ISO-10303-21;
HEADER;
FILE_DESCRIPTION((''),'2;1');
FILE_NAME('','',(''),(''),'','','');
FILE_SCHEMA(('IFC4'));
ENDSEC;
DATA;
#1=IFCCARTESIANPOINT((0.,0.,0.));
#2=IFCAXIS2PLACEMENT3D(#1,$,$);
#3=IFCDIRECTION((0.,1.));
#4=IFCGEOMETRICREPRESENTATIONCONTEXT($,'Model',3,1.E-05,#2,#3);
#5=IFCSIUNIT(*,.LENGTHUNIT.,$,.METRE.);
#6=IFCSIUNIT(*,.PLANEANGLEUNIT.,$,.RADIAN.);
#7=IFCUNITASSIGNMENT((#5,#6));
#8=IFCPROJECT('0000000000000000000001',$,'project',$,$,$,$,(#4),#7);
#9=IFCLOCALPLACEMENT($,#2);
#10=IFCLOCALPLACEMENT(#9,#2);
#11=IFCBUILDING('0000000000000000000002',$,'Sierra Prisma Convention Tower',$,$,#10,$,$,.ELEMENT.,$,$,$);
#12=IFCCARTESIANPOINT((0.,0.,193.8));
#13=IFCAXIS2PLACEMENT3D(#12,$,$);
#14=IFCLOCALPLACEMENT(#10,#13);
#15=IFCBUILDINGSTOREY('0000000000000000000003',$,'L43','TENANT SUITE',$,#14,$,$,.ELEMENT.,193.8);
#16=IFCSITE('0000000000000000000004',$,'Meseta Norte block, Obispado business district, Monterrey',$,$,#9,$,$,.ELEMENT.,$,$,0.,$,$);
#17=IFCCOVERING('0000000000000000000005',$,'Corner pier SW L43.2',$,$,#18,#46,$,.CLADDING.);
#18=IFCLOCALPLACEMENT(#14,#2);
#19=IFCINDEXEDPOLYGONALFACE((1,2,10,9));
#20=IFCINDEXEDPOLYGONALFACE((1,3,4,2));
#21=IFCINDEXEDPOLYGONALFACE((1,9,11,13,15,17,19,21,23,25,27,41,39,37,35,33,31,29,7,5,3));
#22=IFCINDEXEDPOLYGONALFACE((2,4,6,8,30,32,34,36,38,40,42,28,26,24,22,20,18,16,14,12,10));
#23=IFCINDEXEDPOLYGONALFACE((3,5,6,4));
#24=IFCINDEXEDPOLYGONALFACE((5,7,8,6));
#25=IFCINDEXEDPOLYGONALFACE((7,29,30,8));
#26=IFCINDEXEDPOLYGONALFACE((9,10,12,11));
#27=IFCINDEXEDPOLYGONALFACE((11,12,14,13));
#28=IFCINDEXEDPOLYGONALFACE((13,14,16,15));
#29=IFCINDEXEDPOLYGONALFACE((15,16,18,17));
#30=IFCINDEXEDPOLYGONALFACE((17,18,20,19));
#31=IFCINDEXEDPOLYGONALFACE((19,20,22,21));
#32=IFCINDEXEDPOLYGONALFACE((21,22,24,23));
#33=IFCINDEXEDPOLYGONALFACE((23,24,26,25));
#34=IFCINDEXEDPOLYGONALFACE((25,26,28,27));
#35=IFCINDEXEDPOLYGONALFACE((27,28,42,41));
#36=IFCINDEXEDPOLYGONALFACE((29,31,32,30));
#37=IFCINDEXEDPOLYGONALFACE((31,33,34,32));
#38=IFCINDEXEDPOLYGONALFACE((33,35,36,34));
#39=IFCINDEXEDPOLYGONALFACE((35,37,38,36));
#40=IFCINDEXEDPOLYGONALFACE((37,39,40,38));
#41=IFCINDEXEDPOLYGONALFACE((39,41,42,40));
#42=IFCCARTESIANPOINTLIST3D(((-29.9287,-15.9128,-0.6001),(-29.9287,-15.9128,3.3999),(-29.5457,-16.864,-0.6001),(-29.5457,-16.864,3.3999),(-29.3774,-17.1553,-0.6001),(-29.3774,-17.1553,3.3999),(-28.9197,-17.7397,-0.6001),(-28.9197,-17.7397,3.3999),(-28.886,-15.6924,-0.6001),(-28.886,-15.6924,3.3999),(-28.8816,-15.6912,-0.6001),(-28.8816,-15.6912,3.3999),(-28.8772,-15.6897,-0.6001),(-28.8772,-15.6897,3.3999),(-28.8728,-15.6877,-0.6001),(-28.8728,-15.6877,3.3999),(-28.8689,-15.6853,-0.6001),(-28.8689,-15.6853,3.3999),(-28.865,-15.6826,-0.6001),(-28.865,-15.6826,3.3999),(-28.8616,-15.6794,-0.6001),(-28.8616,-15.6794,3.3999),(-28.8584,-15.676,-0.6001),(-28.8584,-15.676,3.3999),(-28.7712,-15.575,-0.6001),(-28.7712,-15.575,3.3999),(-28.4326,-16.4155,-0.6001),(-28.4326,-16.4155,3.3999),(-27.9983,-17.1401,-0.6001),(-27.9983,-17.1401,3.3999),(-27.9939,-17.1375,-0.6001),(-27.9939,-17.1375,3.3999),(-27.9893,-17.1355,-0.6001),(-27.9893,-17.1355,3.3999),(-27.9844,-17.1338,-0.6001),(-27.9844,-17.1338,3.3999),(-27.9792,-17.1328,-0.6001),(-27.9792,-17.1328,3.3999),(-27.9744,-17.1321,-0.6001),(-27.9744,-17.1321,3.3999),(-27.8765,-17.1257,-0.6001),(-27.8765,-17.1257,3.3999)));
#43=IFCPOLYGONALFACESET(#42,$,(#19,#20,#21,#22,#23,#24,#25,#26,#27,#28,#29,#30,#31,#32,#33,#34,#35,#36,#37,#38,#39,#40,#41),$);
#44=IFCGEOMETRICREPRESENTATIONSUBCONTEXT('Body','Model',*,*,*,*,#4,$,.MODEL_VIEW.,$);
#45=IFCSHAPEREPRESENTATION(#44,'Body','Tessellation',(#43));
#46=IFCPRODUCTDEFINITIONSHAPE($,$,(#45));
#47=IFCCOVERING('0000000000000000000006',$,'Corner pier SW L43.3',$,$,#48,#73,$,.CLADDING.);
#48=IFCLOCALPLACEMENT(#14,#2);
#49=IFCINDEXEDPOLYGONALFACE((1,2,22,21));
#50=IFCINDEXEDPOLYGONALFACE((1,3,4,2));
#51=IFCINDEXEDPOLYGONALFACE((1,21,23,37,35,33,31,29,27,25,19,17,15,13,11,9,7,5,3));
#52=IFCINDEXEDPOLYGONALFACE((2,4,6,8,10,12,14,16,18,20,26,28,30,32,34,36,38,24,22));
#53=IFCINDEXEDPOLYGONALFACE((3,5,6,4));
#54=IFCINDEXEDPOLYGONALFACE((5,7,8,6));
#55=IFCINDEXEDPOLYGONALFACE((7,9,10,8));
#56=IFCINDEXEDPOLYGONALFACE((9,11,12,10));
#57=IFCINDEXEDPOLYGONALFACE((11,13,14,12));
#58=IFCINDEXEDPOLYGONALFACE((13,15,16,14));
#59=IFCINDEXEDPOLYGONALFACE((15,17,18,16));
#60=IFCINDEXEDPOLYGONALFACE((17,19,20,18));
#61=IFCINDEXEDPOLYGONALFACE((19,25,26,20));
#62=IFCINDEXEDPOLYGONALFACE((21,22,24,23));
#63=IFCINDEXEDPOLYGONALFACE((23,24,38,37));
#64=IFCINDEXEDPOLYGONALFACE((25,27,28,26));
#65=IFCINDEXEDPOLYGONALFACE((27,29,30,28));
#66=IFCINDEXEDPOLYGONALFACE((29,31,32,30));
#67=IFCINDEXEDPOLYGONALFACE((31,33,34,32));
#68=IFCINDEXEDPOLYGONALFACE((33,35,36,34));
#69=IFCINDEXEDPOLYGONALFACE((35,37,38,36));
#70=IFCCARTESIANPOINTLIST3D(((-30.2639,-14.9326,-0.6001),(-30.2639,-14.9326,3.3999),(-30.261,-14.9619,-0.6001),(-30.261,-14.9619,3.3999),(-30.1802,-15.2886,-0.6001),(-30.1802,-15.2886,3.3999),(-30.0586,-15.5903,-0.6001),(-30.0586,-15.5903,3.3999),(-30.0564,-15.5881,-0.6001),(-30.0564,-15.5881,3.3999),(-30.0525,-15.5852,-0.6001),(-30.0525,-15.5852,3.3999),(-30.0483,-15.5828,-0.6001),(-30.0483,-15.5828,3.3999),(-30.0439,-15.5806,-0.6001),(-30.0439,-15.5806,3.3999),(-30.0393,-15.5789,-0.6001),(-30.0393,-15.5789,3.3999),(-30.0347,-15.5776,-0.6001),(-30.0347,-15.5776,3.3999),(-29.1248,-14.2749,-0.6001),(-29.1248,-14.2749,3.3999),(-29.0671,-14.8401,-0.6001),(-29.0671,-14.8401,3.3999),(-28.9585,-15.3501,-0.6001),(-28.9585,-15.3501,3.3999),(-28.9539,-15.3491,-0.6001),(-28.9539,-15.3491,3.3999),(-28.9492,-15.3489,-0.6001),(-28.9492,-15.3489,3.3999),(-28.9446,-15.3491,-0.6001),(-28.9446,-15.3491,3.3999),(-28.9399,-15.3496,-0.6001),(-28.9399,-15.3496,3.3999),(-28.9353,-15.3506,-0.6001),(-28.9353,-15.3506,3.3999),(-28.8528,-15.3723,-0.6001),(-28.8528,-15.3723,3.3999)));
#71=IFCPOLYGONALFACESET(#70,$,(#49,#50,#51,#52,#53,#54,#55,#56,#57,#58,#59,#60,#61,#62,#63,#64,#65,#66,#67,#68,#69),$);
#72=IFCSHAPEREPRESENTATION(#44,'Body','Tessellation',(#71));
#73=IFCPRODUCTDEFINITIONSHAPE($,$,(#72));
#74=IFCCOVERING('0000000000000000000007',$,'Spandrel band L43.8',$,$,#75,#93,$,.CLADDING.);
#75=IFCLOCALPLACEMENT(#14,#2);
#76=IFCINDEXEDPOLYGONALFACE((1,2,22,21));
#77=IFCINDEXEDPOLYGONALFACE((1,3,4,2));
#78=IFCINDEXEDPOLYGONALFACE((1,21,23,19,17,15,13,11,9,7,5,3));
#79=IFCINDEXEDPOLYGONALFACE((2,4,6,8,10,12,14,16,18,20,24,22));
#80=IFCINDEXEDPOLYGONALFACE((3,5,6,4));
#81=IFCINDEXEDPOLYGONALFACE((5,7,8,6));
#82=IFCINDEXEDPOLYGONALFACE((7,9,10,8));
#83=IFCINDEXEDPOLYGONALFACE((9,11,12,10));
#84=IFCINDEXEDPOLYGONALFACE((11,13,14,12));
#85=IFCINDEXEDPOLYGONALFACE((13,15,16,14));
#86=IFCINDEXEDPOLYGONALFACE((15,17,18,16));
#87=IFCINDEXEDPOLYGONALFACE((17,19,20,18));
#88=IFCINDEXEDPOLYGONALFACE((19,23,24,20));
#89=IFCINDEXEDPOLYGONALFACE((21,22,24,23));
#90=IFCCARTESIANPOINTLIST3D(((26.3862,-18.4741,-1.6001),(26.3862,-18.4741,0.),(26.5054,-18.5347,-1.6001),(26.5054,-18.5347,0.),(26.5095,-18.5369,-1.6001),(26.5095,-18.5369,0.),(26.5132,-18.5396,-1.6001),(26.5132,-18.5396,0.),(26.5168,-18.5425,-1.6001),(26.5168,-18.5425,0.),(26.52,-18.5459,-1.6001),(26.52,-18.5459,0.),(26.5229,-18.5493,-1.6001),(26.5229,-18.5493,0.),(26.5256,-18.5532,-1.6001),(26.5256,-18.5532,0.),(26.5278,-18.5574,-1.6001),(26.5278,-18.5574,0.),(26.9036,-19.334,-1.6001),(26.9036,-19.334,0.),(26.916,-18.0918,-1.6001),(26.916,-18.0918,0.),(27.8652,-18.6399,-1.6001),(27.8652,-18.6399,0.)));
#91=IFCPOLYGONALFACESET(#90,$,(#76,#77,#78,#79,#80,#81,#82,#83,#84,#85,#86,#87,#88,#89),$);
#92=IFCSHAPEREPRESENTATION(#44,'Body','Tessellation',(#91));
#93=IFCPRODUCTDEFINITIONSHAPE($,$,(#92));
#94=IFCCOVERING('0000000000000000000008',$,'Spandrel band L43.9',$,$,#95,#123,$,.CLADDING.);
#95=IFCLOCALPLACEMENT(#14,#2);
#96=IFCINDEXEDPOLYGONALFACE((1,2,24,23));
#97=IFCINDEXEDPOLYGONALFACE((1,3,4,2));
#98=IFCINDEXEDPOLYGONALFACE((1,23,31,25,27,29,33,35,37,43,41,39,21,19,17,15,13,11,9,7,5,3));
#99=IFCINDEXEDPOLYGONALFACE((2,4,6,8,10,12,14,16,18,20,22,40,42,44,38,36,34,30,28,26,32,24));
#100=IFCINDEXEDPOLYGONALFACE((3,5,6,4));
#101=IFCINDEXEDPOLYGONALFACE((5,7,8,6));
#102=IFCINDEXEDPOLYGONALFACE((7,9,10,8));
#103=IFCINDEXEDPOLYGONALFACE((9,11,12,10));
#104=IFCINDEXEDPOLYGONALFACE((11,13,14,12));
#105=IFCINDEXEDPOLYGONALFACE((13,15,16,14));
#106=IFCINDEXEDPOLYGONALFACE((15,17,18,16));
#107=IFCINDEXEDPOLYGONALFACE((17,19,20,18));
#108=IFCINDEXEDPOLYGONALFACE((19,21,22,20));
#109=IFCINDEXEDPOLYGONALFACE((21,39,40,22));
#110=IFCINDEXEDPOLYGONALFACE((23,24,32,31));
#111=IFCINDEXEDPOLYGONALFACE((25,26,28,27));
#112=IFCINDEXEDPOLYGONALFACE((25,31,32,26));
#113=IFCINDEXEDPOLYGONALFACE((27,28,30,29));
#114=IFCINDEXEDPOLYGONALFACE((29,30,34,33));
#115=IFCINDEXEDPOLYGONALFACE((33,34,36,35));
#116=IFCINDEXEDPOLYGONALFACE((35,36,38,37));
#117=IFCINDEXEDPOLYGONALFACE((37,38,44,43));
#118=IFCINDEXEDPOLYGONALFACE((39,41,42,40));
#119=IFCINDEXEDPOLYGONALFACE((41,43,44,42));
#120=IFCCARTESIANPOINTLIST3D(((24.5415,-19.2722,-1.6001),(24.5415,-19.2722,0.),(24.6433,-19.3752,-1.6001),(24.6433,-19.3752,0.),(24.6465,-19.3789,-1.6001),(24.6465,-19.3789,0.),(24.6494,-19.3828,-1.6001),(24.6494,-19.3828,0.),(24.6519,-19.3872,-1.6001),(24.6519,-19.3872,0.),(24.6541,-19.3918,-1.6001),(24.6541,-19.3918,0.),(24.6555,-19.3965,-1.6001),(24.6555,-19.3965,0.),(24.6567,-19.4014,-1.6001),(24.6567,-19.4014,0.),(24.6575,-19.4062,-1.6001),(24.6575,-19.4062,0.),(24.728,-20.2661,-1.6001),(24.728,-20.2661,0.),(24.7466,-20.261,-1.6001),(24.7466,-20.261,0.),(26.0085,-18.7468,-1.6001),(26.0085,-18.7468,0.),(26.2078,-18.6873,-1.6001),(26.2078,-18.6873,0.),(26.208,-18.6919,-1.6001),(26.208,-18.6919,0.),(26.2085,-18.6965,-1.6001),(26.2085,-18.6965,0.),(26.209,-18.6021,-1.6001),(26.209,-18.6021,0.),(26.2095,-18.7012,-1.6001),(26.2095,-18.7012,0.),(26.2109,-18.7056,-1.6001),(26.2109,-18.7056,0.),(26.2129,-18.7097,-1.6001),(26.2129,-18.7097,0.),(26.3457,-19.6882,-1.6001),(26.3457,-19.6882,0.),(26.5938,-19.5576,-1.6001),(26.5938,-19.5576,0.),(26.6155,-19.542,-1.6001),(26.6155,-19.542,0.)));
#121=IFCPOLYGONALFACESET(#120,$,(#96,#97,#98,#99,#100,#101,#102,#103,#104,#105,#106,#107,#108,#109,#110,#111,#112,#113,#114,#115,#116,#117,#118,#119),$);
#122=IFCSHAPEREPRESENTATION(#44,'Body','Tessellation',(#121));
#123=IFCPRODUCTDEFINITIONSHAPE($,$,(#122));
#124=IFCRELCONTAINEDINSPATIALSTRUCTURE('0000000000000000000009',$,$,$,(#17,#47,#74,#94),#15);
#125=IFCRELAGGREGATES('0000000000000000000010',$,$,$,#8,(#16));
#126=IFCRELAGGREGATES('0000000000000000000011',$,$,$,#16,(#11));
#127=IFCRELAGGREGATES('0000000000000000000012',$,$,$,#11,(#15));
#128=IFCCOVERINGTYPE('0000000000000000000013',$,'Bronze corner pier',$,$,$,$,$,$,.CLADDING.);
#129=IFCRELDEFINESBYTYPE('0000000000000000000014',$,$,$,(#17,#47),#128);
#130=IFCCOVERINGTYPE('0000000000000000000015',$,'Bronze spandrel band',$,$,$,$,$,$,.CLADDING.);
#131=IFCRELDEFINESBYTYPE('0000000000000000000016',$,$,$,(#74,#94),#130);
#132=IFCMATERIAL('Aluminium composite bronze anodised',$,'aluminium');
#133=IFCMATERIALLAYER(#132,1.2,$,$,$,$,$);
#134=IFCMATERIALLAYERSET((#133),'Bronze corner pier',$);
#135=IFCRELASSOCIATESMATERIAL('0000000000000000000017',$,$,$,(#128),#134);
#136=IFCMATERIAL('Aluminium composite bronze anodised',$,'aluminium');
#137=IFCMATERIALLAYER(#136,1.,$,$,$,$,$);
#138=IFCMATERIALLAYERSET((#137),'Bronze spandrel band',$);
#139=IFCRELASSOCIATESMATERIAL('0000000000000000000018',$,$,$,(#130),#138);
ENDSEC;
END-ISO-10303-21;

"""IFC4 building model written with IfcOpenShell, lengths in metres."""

from ifc_helpers import new_model, si_unit, direction, frame, origin, place, context, subcontext, project, spatial, polyline, outline, extrude, material, layer, layer_set, type_object, element, save


model = new_model("IFC4")

# Units and contexts
model_context = context("Model", 3, precision=1e-05, world=origin(), true_north=direction((0.0, 1.0)))
body_context = subcontext(model_context, "Body", "Model", "MODEL_VIEW")
ifc_project = project(units=[si_unit("LENGTHUNIT", "METRE"), si_unit("PLANEANGLEUNIT", "RADIAN")], contexts=[model_context])

# Site, building, storey
site_placement = place(None, origin())
site = spatial("IfcSite", under=ifc_project, at=site_placement, Name="Meseta Norte block, Obispado business district, Monterrey", CompositionType="ELEMENT", RefElevation=0.0)
building_placement = place(site_placement, origin())
building = spatial("IfcBuilding", under=site, at=building_placement, Name="Sierra Prisma Convention Tower", CompositionType="ELEMENT")
storey_placement = place(building_placement, frame((0.0, 0.0, 193.8)))
storey = spatial("IfcBuildingStorey", under=building, at=storey_placement, Name="L43", Description="TENANT SUITE", CompositionType="ELEMENT", Elevation=193.8)

# Coverings
ifc_material_1 = material(Name="Aluminium composite bronze anodised", Category="aluminium")
ifc_layer_1 = layer(ifc_material_1, 1.2)
ifc_layer_set_1 = layer_set([ifc_layer_1], Name="Bronze corner pier")
covering_type_1 = type_object("IfcCoveringType", Name="Bronze corner pier", PredefinedType="CLADDING", material=ifc_layer_set_1)
covering_1_placement = place(storey_placement, frame((0.0, 0.0, -0.6001)))
element("IfcCovering", 1, at=covering_1_placement, inside=storey, type_object=covering_type_1, Name="Corner pier SW L43.2", PredefinedType="CLADDING", context=body_context, shape_type="SweptSolid", body=[
    extrude(outline(polyline([(-29.3774, -17.1553), (-29.5457, -16.864), (-29.9287, -15.9128), (-28.886, -15.6924), (-28.8816, -15.6912), (-28.8772, -15.6897), (-28.8728, -15.6877), (-28.8689, -15.6853), (-28.865, -15.6826), (-28.8616, -15.6794), (-28.8584, -15.676), (-28.7712, -15.575), (-28.4326, -16.4155), (-27.8765, -17.1257), (-27.9744, -17.1321), (-27.9792, -17.1328), (-27.9844, -17.1338), (-27.9893, -17.1355), (-27.9939, -17.1375), (-27.9983, -17.1401), (-28.9197, -17.7397), (-29.3774, -17.1553)])), origin(), (0.0, 0.0, 1.0), 4.0),
])
covering_2_placement = place(storey_placement, frame((0.0, 0.0, -0.6001)))
element("IfcCovering", 2, at=covering_2_placement, inside=storey, type_object=covering_type_1, Name="Corner pier SW L43.3", PredefinedType="CLADDING", context=body_context, shape_type="SweptSolid", body=[
    extrude(outline(polyline([(-30.261, -14.9619), (-30.2639, -14.9326), (-29.1248, -14.2749), (-29.0671, -14.8401), (-28.8528, -15.3723), (-28.9353, -15.3506), (-28.9399, -15.3496), (-28.9446, -15.3491), (-28.9492, -15.3489), (-28.9539, -15.3491), (-28.9585, -15.3501), (-30.0347, -15.5776), (-30.0393, -15.5789), (-30.0439, -15.5806), (-30.0483, -15.5828), (-30.0525, -15.5852), (-30.0564, -15.5881), (-30.0586, -15.5903), (-30.1802, -15.2886), (-30.261, -14.9619)])), origin(), (0.0, 0.0, 1.0), 4.0),
])
ifc_material_2 = material(Name="Aluminium composite bronze anodised", Category="aluminium")
ifc_layer_2 = layer(ifc_material_2, 1.0)
ifc_layer_set_2 = layer_set([ifc_layer_2], Name="Bronze spandrel band")
covering_type_2 = type_object("IfcCoveringType", Name="Bronze spandrel band", PredefinedType="CLADDING", material=ifc_layer_set_2)
covering_3_placement = place(storey_placement, frame((0.0, 0.0, -1.6001)))
element("IfcCovering", 3, at=covering_3_placement, inside=storey, type_object=covering_type_2, Name="Spandrel band L43.8", PredefinedType="CLADDING", context=body_context, shape_type="SweptSolid", body=[
    extrude(outline(polyline([(26.9036, -19.334), (26.5278, -18.5574), (26.5256, -18.5532), (26.5229, -18.5493), (26.52, -18.5459), (26.5168, -18.5425), (26.5132, -18.5396), (26.5095, -18.5369), (26.5054, -18.5347), (26.3862, -18.4741), (26.916, -18.0918), (27.8652, -18.6399), (26.9036, -19.334)])), origin(), (0.0, 0.0, 1.0), 1.6001),
])
covering_4_placement = place(storey_placement, frame((0.0, 0.0, -1.6001)))
element("IfcCovering", 4, at=covering_4_placement, inside=storey, type_object=covering_type_2, Name="Spandrel band L43.9", PredefinedType="CLADDING", context=body_context, shape_type="SweptSolid", body=[
    extrude(outline(polyline([(26.2078, -18.6873), (26.208, -18.6919), (26.2085, -18.6965), (26.2095, -18.7012), (26.2109, -18.7056), (26.2129, -18.7097), (26.6155, -19.542), (26.5938, -19.5576), (26.3457, -19.6882), (24.7466, -20.261), (24.728, -20.2661), (24.6575, -19.4062), (24.6567, -19.4014), (24.6555, -19.3965), (24.6541, -19.3918), (24.6519, -19.3872), (24.6494, -19.3828), (24.6465, -19.3789), (24.6433, -19.3752), (24.5415, -19.2722), (26.0085, -18.7468), (26.209, -18.6021), (26.2078, -18.6873)])), origin(), (0.0, 0.0, 1.0), 1.6001),
])

save(model, "model.ifc")
